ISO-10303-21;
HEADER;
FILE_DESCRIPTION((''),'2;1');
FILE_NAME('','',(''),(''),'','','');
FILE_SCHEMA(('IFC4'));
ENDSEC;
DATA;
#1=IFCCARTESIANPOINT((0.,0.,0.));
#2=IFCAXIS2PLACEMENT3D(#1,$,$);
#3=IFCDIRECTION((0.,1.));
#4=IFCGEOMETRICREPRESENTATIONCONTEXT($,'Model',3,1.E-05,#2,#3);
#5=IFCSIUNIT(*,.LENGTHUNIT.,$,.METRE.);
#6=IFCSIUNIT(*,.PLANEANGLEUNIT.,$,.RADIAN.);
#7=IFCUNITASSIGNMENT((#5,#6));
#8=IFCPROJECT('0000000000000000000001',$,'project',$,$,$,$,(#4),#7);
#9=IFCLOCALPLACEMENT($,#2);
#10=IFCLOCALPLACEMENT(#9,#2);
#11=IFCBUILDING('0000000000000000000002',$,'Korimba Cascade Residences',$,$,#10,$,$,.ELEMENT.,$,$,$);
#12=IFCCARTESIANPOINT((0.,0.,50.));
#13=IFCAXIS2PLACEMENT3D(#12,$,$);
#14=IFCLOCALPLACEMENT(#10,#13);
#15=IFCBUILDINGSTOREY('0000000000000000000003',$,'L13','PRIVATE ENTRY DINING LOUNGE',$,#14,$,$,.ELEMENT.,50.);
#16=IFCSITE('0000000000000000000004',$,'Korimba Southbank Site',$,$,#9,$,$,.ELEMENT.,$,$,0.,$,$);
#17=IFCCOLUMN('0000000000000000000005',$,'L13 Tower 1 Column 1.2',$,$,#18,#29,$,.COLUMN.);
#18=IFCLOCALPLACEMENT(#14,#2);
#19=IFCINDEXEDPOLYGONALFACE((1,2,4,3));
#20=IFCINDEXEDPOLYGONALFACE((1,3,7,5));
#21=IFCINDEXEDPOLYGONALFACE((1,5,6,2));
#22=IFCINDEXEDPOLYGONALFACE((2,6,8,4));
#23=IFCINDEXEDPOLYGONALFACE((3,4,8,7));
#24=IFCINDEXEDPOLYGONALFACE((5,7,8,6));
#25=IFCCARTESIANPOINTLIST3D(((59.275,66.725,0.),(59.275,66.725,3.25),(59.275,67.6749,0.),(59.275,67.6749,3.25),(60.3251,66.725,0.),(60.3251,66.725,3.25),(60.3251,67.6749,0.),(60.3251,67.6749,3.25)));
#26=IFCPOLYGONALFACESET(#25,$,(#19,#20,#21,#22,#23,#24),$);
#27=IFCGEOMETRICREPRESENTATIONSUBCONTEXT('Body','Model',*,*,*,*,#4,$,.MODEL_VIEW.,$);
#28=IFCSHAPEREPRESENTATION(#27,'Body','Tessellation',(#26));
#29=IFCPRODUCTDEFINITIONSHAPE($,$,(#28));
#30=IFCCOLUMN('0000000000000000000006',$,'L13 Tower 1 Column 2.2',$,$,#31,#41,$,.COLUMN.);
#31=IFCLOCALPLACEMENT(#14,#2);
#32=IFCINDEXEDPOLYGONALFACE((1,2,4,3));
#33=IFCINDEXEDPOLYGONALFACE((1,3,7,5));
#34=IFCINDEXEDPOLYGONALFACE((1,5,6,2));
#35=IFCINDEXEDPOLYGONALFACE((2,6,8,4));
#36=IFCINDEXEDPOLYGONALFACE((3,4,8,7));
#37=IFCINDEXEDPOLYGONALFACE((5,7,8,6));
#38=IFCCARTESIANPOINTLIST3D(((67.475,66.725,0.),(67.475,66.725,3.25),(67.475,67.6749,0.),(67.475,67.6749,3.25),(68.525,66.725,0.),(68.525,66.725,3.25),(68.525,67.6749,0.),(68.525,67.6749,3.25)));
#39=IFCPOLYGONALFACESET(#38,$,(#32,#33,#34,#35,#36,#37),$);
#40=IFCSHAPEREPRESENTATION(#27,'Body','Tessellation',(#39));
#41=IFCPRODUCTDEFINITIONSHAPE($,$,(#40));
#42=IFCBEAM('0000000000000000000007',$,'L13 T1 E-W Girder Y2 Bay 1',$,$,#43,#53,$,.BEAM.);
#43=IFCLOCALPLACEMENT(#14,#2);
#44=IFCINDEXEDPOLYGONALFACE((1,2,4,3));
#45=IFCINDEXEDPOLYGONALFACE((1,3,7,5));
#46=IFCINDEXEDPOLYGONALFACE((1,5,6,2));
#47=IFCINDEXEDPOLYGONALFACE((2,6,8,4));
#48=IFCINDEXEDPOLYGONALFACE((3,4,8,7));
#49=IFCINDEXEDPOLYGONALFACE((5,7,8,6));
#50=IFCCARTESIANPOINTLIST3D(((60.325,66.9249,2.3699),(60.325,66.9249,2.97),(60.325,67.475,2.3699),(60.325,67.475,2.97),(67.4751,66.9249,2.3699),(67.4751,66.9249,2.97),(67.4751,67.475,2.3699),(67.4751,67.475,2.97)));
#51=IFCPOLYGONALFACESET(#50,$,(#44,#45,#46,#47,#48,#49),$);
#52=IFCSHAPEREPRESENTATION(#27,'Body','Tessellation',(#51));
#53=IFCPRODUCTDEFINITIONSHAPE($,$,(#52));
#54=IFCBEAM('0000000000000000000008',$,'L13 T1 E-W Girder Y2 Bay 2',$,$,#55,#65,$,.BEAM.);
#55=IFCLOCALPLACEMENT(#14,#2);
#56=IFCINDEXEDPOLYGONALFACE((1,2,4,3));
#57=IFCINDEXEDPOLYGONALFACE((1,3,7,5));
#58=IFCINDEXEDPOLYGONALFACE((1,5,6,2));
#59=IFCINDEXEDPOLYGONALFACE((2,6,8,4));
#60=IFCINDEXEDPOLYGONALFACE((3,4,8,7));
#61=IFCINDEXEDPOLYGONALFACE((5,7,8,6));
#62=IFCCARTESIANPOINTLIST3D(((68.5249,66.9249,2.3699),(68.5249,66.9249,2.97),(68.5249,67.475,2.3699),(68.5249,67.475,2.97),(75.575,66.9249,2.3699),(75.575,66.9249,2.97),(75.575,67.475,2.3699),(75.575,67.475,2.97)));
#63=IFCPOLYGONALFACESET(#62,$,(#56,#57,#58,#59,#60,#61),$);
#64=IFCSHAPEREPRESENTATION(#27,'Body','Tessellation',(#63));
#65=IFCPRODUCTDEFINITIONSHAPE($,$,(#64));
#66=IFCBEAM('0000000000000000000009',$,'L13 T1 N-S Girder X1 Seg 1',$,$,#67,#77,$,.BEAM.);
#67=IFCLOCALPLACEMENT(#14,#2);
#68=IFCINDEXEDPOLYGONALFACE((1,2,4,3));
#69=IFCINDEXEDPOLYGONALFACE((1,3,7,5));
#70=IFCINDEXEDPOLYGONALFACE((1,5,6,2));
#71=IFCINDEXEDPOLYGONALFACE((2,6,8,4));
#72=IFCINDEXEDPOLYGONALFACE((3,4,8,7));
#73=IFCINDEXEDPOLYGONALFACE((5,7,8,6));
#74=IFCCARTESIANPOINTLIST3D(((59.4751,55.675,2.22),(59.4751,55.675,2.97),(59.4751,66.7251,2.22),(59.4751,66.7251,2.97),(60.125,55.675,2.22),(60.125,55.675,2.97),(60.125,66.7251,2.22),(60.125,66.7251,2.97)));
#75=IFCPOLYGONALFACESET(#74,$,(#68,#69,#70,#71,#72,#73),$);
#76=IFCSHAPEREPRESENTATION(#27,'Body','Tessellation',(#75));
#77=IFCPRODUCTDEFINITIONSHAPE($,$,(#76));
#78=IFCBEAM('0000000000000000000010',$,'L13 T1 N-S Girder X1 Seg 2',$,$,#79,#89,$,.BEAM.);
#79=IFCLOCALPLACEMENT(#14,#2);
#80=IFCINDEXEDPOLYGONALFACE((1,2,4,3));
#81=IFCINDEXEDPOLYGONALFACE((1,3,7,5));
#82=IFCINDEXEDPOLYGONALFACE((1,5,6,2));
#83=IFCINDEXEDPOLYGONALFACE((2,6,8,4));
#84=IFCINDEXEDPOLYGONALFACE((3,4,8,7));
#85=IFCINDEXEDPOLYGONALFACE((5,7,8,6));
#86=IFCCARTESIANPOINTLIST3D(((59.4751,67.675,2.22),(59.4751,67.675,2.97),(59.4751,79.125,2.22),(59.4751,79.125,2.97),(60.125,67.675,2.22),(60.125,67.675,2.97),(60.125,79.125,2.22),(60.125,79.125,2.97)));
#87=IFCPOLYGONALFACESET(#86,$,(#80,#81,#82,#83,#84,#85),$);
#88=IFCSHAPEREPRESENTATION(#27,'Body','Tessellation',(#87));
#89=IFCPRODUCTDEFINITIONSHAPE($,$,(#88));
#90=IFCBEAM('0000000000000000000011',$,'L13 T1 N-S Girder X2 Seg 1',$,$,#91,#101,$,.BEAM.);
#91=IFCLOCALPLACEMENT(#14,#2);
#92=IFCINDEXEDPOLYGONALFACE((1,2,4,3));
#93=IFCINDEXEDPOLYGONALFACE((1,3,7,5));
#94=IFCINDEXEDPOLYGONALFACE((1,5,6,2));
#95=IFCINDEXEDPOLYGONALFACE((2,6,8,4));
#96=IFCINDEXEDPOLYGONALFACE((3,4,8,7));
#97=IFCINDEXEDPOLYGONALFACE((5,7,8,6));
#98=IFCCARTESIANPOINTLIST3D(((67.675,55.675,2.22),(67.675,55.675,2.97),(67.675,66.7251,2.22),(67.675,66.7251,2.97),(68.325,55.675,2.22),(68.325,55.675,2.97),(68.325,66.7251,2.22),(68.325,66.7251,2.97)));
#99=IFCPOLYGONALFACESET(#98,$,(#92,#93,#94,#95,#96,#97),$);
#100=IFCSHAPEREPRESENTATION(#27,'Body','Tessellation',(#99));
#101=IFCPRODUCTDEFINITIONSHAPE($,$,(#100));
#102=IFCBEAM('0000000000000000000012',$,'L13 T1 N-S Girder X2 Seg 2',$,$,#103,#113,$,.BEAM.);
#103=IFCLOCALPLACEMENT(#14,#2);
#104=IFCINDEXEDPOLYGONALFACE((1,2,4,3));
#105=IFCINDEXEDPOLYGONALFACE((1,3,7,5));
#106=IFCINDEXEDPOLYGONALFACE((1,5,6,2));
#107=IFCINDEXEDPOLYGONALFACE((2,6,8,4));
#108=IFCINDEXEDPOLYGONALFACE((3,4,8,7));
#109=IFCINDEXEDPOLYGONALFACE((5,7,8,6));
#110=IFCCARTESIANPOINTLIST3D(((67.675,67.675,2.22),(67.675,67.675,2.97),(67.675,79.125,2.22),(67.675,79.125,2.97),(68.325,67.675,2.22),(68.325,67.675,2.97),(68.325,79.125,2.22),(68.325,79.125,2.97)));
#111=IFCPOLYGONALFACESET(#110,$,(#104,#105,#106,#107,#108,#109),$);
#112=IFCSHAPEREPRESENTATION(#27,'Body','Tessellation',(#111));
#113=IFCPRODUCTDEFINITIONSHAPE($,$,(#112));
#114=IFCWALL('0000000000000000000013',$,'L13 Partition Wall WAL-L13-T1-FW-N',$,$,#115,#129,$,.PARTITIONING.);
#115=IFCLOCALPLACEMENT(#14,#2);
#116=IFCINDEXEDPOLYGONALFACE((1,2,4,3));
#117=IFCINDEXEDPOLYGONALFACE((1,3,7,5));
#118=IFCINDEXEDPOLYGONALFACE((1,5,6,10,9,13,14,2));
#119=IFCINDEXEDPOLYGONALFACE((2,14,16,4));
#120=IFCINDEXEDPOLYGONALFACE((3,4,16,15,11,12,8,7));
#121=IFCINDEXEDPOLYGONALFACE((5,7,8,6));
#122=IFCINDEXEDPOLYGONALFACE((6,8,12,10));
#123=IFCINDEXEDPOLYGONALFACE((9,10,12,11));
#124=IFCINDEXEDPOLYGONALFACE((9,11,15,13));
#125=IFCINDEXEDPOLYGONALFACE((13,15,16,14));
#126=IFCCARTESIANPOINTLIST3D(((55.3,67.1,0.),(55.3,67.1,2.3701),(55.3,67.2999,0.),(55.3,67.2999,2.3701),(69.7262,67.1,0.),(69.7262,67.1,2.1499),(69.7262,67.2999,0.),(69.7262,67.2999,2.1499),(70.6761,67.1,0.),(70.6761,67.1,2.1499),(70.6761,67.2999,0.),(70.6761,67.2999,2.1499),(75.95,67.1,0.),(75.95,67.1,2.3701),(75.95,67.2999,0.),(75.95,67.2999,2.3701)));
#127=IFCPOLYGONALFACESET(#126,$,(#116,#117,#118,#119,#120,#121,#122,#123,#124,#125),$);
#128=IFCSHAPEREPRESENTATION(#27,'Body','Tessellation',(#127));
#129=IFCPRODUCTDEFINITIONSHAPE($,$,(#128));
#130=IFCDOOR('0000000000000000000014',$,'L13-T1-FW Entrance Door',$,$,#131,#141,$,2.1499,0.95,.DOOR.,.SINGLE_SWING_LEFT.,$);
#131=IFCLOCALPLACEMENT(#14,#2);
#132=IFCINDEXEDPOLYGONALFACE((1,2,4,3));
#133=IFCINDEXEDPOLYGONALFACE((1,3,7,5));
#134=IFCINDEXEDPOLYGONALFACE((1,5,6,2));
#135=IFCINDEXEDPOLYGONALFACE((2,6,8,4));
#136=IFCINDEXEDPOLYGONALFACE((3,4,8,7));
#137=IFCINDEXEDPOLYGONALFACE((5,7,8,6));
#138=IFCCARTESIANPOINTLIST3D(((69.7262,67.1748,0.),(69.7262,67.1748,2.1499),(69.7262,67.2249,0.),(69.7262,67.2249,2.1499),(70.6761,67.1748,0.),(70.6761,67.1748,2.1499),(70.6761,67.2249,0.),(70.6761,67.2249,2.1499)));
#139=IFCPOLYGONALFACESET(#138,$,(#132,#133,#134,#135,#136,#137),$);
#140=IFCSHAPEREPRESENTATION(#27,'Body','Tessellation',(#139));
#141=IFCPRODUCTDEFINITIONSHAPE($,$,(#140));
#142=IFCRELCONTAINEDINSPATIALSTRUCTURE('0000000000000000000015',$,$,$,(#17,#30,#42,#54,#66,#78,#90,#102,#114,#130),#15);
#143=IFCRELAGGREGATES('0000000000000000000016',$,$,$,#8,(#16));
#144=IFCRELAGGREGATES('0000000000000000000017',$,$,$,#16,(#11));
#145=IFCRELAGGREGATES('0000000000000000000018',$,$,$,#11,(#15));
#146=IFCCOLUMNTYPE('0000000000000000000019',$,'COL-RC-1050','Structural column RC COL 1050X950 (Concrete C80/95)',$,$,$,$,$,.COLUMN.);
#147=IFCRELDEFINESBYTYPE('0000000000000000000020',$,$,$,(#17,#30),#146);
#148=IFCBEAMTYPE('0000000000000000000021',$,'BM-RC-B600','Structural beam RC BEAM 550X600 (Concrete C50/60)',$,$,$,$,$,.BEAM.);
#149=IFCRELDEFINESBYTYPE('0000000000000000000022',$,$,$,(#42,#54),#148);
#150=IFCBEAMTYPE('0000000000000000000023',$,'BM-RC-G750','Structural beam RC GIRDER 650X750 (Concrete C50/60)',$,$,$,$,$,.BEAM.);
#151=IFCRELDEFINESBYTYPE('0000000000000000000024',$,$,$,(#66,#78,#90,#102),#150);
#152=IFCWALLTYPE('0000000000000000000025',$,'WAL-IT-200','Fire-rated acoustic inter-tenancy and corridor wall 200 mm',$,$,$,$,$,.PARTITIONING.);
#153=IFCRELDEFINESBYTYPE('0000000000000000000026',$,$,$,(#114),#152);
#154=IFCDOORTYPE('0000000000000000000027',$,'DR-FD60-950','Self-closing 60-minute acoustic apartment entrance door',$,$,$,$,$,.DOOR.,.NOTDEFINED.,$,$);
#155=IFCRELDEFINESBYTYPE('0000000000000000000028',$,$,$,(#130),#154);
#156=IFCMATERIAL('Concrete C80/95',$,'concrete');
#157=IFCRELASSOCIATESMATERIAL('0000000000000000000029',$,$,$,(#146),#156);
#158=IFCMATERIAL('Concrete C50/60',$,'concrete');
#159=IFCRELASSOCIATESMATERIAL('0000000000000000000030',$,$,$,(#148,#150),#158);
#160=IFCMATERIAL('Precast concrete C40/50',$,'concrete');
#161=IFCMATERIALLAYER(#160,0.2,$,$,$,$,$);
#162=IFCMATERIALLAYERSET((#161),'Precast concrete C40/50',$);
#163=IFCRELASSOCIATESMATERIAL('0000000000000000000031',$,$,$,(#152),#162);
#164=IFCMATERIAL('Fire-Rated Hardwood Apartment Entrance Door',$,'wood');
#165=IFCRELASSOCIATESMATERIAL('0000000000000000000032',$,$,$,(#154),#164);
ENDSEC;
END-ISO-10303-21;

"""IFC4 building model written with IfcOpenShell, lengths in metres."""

from ifc_helpers import new_model, si_unit, direction, frame, frame_2d, origin, origin_2d, place, context, subcontext, project, spatial, rectangle, extrude, material, layer, layer_set, material_profile, profile_set, type_object, element, fill, save


model = new_model("IFC4")

# Units and contexts
model_context = context("Model", 3, precision=1e-05, world=origin(), true_north=direction((0.0, 1.0)))
body_context = subcontext(model_context, "Body", "Model", "MODEL_VIEW")
ifc_project = project(units=[si_unit("LENGTHUNIT", "METRE"), si_unit("PLANEANGLEUNIT", "RADIAN")], contexts=[model_context])

# Site, building, storey
site_placement = place(None, origin())
site = spatial("IfcSite", under=ifc_project, at=site_placement, Name="Korimba Southbank Site", CompositionType="ELEMENT", RefElevation=0.0)
building_placement = place(site_placement, origin())
building = spatial("IfcBuilding", under=site, at=building_placement, Name="Korimba Cascade Residences", CompositionType="ELEMENT")
storey_placement = place(building_placement, frame((0.0, 0.0, 50.0)))
storey = spatial("IfcBuildingStorey", under=building, at=storey_placement, Name="L13", Description="PRIVATE ENTRY DINING LOUNGE", CompositionType="ELEMENT", Elevation=50.0)

# Columns
ifc_material_1 = material(Name="Concrete C80/95", Category="concrete")
ifc_material_profile_1 = material_profile(ifc_material_1, rectangle(XDim=1.05, YDim=0.95, at=origin_2d()), Name="Concrete C80/95")
ifc_profile_set_1 = profile_set([ifc_material_profile_1], Name="Concrete C80/95")
column_type = type_object("IfcColumnType", Name="COL-RC-1050", Description="Structural column RC COL 1050X950 (Concrete C80/95)", PredefinedType="COLUMN", material=ifc_profile_set_1)
for number, where, z_axis, x_axis, name in (
    (1, (59.8, 67.2, 0.0), (0.0, 0.0, 1.0), (1.0, 0.0, 0.0), "L13 Tower 1 Column 1.2"),
    (2, (68.0, 67.2, 0.0), (0.0, 0.0, 1.0), (1.0, 0.0, 0.0), "L13 Tower 1 Column 2.2"),
):
    element("IfcColumn", number, at=place(storey_placement, frame(where, z_axis=z_axis, x_axis=x_axis)), inside=storey, type_object=column_type, Name=name, PredefinedType="COLUMN", context=body_context, shape_type="SweptSolid", body=[
        extrude(rectangle(XDim=1.05, YDim=0.95, at=origin_2d()), origin(), (0.0, 0.0, 1.0), 3.25),
    ])

# Beams
ifc_material_2 = material(Name="Concrete C50/60", Category="concrete")
ifc_material_profile_2 = material_profile(ifc_material_2, rectangle(XDim=0.55, YDim=0.6001, at=origin_2d()), Name="Concrete C50/60")
ifc_profile_set_2 = profile_set([ifc_material_profile_2], Name="Concrete C50/60")
beam_type_1 = type_object("IfcBeamType", Name="BM-RC-B600", Description="Structural beam RC BEAM 550X600 (Concrete C50/60)", PredefinedType="BEAM", material=ifc_profile_set_2)
beam_1_placement = place(storey_placement, frame((60.325, 67.2, 2.6699), z_axis=(1.0, 0.0, 0.0), x_axis=(0.0, 1.0, 0.0)))
element("IfcBeam", 3, at=beam_1_placement, inside=storey, type_object=beam_type_1, Name="L13 T1 E-W Girder Y2 Bay 1", PredefinedType="BEAM", context=body_context, shape_type="SweptSolid", body=[
    extrude(rectangle(XDim=0.55, YDim=0.6001, at=origin_2d()), origin(), (0.0, 0.0, 1.0), 7.1501),
])
beam_2_placement = place(storey_placement, frame((68.5249, 67.2, 2.6699), z_axis=(1.0, 0.0, 0.0), x_axis=(0.0, 1.0, 0.0)))
element("IfcBeam", 4, at=beam_2_placement, inside=storey, type_object=beam_type_1, Name="L13 T1 E-W Girder Y2 Bay 2", PredefinedType="BEAM", context=body_context, shape_type="SweptSolid", body=[
    extrude(rectangle(XDim=0.55, YDim=0.6001, at=origin_2d()), origin(), (0.0, 0.0, 1.0), 7.05),
])
ifc_material_profile_3 = material_profile(ifc_material_2, rectangle(XDim=0.6499, YDim=0.75, at=origin_2d()), Name="Concrete C50/60")
ifc_profile_set_3 = profile_set([ifc_material_profile_3], Name="Concrete C50/60")
beam_type_2 = type_object("IfcBeamType", Name="BM-RC-G750", Description="Structural beam RC GIRDER 650X750 (Concrete C50/60)", PredefinedType="BEAM", material=ifc_profile_set_3)
beam_3_placement = place(storey_placement, frame((59.8, 55.675, 2.595), z_axis=(0.0, 1.0, 0.0), x_axis=(-1.0, 0.0, 0.0)))
element("IfcBeam", 5, at=beam_3_placement, inside=storey, type_object=beam_type_2, Name="L13 T1 N-S Girder X1 Seg 1", PredefinedType="BEAM", context=body_context, shape_type="SweptSolid", body=[
    extrude(rectangle(XDim=0.6499, YDim=0.75, at=origin_2d()), origin(), (0.0, 0.0, 1.0), 11.05),
])
beam_4_placement = place(storey_placement, frame((59.8, 67.675, 2.595), z_axis=(0.0, 1.0, 0.0), x_axis=(-1.0, 0.0, 0.0)))
element("IfcBeam", 6, at=beam_4_placement, inside=storey, type_object=beam_type_2, Name="L13 T1 N-S Girder X1 Seg 2", PredefinedType="BEAM", context=body_context, shape_type="SweptSolid", body=[
    extrude(rectangle(XDim=0.6499, YDim=0.75, at=origin_2d()), origin(), (0.0, 0.0, 1.0), 11.45),
])
beam_5_placement = place(storey_placement, frame((68.0, 55.675, 2.595), z_axis=(0.0, 1.0, 0.0), x_axis=(-1.0, 0.0, 0.0)))
element("IfcBeam", 7, at=beam_5_placement, inside=storey, type_object=beam_type_2, Name="L13 T1 N-S Girder X2 Seg 1", PredefinedType="BEAM", context=body_context, shape_type="SweptSolid", body=[
    extrude(rectangle(XDim=0.6499, YDim=0.75, at=origin_2d()), origin(), (0.0, 0.0, 1.0), 11.05),
])
beam_6_placement = place(storey_placement, frame((68.0, 67.675, 2.595), z_axis=(0.0, 1.0, 0.0), x_axis=(-1.0, 0.0, 0.0)))
element("IfcBeam", 8, at=beam_6_placement, inside=storey, type_object=beam_type_2, Name="L13 T1 N-S Girder X2 Seg 2", PredefinedType="BEAM", context=body_context, shape_type="SweptSolid", body=[
    extrude(rectangle(XDim=0.6499, YDim=0.75, at=origin_2d()), origin(), (0.0, 0.0, 1.0), 11.45),
])

# Wall, opening, door
ifc_material_3 = material(Name="Precast concrete C40/50", Category="concrete")
ifc_layer_1 = layer(ifc_material_3, 0.2)
ifc_layer_set_1 = layer_set([ifc_layer_1], Name="Precast concrete C40/50")
wall_type_1 = type_object("IfcWallType", Name="WAL-IT-200", Description="Fire-rated acoustic inter-tenancy and corridor wall 200 mm", PredefinedType="PARTITIONING", material=ifc_layer_set_1)
wall_1_placement = place(storey_placement, frame((55.3, 67.2, 0.0), z_axis=(0.0, 0.0, 1.0), x_axis=(1.0, 0.0, 0.0)))
wall_1 = element("IfcWall", 9, at=wall_1_placement, inside=storey, type_object=wall_type_1, Name="L13 Partition Wall WAL-L13-T1-FW-N", PredefinedType="PARTITIONING", context=body_context, shape_type="SweptSolid", body=[
    extrude(rectangle(XDim=20.6499, YDim=0.2, at=frame_2d((10.325, 0.0))), origin(), (0.0, 0.0, 1.0), 2.3701),
])
opening_1_placement = place(wall_1_placement, frame((14.426, 0.0, 0.0)))
opening_1 = element("IfcOpeningElement", 10, at=opening_1_placement, cuts=wall_1, PredefinedType="OPENING", context=body_context, shape_type="SweptSolid", body=[
    extrude(rectangle(XDim=0.95, YDim=2.1499, at=frame_2d((0.4751, 1.075))), frame((0.0, 0.1099, 0.0), z_axis=(0.0, -1.0, 0.0), x_axis=(1.0, 0.0, 0.0)), (0.0, 0.0, 1.0), 0.22),
])
ifc_material_4 = material(Name="Fire-Rated Hardwood Apartment Entrance Door", Category="wood")
door_type_1 = type_object("IfcDoorType", Name="DR-FD60-950", Description="Self-closing 60-minute acoustic apartment entrance door", OperationType="NOTDEFINED", PredefinedType="DOOR", material=ifc_material_4)
door_1_placement = place(opening_1_placement, origin())
door_1 = element("IfcDoor", 11, at=door_1_placement, inside=storey, type_object=door_type_1, Name="L13-T1-FW Entrance Door", OperationType="SINGLE_SWING_LEFT", OverallHeight=2.1499, OverallWidth=0.95, PredefinedType="DOOR", context=body_context, shape_type="SweptSolid", body=[
    extrude(rectangle(XDim=0.95, YDim=2.1499, at=frame_2d((0.4751, 1.075))), frame((0.0, 0.0249, 0.0), z_axis=(0.0, -1.0, 0.0), x_axis=(1.0, 0.0, 0.0)), (0.0, 0.0, 1.0), 0.05),
])
fill(opening_1, door_1)

save(model, "model.ifc")
